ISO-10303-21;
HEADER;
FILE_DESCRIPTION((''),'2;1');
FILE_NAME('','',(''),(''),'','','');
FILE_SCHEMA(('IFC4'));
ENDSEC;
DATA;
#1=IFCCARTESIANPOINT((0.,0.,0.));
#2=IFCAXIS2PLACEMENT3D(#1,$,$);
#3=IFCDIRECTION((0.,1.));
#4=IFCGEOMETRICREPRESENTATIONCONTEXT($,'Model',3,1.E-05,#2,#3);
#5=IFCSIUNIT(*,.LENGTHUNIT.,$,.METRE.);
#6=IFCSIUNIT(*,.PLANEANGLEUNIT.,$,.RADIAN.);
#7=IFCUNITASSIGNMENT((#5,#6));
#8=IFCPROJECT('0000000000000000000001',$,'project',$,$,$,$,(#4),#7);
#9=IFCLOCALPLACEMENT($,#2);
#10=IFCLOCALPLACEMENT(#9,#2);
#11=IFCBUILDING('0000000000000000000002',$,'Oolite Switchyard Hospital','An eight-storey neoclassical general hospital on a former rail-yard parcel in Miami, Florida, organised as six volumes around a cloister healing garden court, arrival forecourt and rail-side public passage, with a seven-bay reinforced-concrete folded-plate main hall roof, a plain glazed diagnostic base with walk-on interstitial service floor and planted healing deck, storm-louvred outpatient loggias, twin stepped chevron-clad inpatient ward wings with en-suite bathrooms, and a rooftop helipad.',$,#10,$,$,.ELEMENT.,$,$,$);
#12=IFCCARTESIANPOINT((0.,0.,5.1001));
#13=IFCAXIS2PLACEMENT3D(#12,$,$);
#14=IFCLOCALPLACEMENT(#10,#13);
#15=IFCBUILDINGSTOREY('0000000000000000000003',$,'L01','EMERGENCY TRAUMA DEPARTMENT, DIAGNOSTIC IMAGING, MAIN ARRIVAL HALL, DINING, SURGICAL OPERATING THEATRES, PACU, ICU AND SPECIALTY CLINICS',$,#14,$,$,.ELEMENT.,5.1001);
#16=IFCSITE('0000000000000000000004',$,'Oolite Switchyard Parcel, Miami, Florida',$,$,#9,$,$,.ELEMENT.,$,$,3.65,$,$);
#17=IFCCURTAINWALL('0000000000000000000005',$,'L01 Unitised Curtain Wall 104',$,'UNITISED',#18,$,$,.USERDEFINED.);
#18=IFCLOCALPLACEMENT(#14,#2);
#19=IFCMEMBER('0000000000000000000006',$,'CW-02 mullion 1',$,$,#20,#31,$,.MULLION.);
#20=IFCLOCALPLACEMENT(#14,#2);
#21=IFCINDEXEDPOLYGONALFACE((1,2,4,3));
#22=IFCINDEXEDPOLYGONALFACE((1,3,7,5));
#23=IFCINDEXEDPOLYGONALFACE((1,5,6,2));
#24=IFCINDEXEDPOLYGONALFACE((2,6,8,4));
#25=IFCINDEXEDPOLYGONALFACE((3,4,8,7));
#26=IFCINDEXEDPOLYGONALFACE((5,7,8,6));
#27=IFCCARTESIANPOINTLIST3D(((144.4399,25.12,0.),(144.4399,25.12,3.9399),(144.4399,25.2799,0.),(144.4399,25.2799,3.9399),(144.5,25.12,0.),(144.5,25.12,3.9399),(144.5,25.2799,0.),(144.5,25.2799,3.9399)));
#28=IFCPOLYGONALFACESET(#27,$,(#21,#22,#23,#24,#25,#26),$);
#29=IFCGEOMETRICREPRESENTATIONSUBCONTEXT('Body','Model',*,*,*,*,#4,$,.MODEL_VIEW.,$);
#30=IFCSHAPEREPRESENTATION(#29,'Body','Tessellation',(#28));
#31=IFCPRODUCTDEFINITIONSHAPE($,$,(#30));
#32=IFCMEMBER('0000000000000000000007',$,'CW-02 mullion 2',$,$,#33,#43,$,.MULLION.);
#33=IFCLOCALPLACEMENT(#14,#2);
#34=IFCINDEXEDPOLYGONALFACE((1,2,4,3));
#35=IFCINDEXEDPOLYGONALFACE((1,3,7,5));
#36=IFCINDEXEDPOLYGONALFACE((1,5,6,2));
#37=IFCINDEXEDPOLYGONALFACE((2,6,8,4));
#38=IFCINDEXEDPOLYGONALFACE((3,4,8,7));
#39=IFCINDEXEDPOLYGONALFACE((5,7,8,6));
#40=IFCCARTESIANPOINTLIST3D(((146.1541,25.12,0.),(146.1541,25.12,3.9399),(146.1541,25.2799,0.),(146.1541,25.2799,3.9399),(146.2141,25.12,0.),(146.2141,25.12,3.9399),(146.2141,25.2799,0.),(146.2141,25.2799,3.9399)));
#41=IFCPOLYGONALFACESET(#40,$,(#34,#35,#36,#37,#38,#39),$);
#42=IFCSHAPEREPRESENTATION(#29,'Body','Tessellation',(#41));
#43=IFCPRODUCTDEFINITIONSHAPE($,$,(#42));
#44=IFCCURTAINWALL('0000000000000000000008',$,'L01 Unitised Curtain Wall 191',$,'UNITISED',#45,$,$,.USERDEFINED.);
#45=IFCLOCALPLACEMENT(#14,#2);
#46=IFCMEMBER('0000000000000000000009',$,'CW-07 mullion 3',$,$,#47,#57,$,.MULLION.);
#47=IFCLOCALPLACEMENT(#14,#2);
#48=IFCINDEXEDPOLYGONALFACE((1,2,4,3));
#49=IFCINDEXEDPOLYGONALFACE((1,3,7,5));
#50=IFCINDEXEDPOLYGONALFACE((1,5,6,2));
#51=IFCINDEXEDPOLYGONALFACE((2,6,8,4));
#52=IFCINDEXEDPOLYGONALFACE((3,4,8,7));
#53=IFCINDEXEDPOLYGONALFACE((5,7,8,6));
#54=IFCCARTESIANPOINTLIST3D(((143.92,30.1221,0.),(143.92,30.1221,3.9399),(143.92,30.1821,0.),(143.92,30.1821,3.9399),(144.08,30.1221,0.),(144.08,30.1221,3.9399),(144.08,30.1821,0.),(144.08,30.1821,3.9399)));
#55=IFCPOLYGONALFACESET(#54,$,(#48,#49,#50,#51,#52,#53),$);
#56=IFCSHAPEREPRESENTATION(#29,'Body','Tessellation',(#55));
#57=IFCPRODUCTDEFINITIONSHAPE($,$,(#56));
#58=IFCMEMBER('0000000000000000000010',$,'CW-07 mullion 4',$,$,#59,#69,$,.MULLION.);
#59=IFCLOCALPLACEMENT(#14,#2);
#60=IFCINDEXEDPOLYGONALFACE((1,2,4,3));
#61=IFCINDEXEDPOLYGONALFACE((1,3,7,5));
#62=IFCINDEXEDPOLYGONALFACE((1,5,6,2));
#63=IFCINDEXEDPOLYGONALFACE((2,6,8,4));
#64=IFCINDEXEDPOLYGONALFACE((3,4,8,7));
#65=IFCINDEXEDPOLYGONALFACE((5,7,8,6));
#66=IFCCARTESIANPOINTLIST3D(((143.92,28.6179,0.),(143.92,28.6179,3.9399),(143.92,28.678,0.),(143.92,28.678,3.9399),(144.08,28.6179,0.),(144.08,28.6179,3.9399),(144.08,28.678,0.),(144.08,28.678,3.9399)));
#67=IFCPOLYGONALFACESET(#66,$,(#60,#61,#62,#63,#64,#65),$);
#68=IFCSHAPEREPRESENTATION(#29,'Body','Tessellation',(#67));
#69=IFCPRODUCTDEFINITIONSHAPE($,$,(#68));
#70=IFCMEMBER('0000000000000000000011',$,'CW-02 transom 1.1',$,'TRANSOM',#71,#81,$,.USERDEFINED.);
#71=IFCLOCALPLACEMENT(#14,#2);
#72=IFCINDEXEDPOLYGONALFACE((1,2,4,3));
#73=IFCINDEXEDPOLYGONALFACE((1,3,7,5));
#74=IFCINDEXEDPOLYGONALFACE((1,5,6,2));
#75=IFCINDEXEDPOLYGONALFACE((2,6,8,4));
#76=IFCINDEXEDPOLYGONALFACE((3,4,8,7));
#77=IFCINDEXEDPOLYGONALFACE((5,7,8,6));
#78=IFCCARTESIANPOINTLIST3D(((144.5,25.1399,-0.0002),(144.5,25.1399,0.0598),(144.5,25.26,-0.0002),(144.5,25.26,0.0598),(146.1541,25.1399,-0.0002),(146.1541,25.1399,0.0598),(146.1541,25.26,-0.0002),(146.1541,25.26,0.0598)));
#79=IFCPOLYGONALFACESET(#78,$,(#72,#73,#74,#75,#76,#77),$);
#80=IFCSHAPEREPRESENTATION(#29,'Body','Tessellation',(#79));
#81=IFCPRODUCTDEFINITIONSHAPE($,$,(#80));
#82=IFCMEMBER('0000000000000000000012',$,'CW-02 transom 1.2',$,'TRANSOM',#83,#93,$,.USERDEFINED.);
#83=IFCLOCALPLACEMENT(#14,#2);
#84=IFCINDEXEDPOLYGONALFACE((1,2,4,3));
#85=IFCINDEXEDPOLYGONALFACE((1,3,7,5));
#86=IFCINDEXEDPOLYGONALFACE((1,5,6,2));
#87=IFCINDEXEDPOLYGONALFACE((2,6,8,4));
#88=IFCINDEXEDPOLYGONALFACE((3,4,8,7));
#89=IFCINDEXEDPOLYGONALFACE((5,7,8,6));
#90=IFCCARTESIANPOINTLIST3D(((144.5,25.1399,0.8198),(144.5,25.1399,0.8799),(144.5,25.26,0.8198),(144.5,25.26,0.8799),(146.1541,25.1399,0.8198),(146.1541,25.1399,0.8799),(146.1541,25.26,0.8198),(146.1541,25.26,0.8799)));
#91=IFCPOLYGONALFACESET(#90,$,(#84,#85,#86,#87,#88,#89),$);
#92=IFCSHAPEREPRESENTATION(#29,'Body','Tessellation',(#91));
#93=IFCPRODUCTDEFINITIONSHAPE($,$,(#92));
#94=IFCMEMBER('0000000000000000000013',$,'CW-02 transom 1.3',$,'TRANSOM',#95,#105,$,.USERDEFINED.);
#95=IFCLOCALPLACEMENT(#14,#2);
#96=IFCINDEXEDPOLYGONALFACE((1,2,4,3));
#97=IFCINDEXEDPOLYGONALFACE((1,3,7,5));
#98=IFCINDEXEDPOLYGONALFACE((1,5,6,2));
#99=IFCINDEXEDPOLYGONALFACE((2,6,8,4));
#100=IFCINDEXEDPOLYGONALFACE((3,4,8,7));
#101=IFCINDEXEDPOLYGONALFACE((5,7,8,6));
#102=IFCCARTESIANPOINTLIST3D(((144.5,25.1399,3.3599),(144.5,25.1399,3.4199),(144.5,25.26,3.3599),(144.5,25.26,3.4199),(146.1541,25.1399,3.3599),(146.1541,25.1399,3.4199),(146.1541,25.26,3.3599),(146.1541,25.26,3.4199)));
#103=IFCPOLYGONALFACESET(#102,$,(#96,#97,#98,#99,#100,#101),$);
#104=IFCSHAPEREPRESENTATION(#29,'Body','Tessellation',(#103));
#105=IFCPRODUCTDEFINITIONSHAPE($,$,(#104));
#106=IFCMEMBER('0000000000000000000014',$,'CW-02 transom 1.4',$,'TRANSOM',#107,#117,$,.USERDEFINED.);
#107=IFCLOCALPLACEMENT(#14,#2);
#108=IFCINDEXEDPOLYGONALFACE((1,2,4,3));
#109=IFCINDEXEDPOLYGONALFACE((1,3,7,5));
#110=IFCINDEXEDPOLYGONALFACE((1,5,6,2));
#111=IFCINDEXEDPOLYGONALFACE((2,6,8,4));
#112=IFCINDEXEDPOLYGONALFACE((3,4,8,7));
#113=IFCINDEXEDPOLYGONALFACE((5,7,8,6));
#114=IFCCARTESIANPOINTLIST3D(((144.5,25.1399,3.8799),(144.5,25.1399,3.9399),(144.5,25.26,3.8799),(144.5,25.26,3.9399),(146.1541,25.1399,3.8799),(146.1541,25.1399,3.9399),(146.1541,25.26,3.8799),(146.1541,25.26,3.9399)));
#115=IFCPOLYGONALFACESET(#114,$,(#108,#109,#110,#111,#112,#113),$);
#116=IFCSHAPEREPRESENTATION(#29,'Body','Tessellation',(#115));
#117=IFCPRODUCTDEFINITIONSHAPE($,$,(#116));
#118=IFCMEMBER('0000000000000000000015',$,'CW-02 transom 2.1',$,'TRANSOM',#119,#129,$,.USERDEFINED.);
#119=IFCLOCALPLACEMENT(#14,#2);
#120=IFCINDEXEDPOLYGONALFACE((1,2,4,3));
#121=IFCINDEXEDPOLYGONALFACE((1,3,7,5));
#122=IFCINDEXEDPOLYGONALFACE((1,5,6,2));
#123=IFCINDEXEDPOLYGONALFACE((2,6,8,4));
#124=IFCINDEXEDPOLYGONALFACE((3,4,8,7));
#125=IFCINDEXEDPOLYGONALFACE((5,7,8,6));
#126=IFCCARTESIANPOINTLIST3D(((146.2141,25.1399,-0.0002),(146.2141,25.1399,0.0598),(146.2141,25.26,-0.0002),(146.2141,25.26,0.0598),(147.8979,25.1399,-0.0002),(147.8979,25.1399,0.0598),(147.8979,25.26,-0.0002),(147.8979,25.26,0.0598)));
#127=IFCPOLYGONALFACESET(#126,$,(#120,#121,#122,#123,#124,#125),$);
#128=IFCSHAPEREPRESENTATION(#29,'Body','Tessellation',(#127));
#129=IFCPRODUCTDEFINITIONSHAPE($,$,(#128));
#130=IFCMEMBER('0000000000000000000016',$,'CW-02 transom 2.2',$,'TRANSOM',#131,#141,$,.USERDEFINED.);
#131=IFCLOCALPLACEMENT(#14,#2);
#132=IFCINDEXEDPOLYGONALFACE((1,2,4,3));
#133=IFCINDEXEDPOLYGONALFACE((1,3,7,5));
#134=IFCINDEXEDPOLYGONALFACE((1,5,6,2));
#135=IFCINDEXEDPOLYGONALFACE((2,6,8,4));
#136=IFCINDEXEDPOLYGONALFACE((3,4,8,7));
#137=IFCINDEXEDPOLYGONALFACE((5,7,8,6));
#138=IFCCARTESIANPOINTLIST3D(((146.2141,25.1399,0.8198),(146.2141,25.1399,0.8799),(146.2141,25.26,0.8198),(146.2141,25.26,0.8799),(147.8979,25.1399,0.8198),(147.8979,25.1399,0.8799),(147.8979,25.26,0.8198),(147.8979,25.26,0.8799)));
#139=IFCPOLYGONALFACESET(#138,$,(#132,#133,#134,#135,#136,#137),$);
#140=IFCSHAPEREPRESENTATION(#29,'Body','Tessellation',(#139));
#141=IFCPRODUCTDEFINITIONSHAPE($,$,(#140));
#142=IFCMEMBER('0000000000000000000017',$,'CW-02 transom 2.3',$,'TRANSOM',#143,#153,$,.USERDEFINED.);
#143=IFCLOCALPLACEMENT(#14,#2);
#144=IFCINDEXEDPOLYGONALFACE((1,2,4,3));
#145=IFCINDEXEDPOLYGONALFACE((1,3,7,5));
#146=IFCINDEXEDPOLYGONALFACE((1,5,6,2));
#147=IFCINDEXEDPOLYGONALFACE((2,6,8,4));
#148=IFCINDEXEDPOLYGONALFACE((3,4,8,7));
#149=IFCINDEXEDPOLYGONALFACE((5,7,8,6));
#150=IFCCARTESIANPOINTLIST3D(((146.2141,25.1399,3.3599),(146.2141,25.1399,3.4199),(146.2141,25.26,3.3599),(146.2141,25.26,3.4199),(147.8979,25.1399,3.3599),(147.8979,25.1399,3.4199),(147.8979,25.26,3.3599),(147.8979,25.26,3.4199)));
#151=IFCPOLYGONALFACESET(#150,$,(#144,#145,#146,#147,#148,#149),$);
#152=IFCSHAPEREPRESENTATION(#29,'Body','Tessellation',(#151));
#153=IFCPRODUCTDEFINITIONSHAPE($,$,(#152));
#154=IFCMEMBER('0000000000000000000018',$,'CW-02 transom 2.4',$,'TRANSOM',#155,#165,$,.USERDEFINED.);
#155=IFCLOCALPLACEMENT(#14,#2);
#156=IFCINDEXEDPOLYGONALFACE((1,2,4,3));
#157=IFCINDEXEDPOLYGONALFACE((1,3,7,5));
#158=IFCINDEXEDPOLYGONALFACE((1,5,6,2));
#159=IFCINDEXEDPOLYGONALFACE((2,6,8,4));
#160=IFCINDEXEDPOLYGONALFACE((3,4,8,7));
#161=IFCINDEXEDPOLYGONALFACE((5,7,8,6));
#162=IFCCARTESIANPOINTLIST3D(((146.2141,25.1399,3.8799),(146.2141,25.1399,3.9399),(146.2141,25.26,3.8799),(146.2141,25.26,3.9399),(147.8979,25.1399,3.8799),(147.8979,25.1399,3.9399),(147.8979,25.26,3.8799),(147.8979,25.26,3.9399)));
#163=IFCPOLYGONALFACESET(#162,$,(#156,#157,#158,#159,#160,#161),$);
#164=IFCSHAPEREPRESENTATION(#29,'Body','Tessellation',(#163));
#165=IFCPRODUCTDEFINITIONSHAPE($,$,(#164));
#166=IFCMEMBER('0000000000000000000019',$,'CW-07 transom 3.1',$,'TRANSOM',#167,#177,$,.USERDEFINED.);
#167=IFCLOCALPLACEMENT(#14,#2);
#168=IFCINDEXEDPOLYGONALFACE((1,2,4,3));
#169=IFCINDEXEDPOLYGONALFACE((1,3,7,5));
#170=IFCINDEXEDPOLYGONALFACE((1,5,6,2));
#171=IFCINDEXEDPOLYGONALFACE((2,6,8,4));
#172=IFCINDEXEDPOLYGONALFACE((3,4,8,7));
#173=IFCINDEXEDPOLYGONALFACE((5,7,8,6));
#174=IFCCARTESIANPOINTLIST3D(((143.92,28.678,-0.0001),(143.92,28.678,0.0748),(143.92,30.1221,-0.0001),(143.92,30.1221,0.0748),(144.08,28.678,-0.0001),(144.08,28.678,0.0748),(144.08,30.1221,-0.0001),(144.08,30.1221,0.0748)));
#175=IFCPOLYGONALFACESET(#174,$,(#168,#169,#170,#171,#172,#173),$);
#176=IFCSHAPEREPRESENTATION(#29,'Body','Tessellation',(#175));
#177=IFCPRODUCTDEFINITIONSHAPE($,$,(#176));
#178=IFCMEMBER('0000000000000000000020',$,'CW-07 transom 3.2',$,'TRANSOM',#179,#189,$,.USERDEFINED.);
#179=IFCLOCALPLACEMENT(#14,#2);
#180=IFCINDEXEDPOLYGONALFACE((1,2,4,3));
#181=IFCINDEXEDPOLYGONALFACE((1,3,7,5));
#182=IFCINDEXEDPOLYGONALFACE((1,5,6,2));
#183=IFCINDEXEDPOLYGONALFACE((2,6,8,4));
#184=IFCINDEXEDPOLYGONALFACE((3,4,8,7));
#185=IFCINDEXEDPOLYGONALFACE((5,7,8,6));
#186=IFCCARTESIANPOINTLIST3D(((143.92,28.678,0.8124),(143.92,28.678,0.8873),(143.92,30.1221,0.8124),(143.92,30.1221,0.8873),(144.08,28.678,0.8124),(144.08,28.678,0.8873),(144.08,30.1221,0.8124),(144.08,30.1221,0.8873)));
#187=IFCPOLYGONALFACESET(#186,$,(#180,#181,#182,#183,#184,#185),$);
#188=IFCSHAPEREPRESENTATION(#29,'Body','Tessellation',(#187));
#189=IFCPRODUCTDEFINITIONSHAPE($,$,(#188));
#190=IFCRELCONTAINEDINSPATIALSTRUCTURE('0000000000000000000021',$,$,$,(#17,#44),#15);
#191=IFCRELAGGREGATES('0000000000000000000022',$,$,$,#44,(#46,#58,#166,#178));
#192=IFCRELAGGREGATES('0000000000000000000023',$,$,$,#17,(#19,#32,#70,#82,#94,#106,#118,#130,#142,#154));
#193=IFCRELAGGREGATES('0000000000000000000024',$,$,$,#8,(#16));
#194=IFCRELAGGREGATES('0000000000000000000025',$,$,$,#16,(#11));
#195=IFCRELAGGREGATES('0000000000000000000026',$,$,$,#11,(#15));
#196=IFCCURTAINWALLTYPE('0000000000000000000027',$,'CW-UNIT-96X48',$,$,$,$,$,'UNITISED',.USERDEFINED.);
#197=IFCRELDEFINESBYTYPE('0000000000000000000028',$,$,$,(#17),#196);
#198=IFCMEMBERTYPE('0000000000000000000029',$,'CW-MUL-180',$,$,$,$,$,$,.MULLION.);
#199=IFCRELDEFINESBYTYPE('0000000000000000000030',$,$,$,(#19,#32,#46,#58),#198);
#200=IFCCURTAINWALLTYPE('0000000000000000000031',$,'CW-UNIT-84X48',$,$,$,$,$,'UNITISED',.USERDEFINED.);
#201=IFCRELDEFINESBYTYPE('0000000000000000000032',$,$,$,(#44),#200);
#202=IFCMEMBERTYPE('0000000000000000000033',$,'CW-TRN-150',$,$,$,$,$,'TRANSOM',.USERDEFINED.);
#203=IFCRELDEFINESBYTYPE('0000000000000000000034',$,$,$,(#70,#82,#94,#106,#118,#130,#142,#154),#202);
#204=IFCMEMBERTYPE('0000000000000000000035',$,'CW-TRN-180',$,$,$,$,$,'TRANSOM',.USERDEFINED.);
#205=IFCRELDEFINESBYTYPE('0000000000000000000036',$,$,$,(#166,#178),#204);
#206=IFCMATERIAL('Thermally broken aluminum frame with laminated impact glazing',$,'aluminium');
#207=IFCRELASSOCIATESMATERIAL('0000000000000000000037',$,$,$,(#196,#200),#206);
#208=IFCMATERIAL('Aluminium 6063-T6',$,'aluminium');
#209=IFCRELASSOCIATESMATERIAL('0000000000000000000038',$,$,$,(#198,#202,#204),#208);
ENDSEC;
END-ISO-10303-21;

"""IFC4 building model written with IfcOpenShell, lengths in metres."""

from ifc_helpers import new_model, si_unit, direction, frame, origin, origin_2d, place, context, subcontext, project, spatial, rectangle, extrude, material, material_profile, profile_set, type_object, element, aggregate, save


model = new_model("IFC4")

# Units and contexts
model_context = context("Model", 3, precision=1e-05, world=origin(), true_north=direction((0.0, 1.0)))
body_context = subcontext(model_context, "Body", "Model", "MODEL_VIEW")
ifc_project = project(units=[si_unit("LENGTHUNIT", "METRE"), si_unit("PLANEANGLEUNIT", "RADIAN")], contexts=[model_context])

# Site, building, storey
site_placement = place(None, origin())
site = spatial("IfcSite", under=ifc_project, at=site_placement, Name="Oolite Switchyard Parcel, Miami, Florida", CompositionType="ELEMENT", RefElevation=3.65)
building_placement = place(site_placement, origin())
building = spatial("IfcBuilding", under=site, at=building_placement, Name="Oolite Switchyard Hospital", Description="An eight-storey neoclassical general hospital on a former rail-yard parcel in Miami, Florida, organised as six volumes around a cloister healing garden court, arrival forecourt and rail-side public passage, with a seven-bay reinforced-concrete folded-plate main hall roof, a plain glazed diagnostic base with walk-on interstitial service floor and planted healing deck, storm-louvred outpatient loggias, twin stepped chevron-clad inpatient ward wings with en-suite bathrooms, and a rooftop helipad.", CompositionType="ELEMENT")
storey_placement = place(building_placement, frame((0.0, 0.0, 5.1001)))
storey = spatial("IfcBuildingStorey", under=building, at=storey_placement, Name="L01", Description="EMERGENCY TRAUMA DEPARTMENT, DIAGNOSTIC IMAGING, MAIN ARRIVAL HALL, DINING, SURGICAL OPERATING THEATRES, PACU, ICU AND SPECIALTY CLINICS", CompositionType="ELEMENT", Elevation=5.1001)

# Curtain walls, members
ifc_material_1 = material(Name="Thermally broken aluminum frame with laminated impact glazing", Category="aluminium")
curtain_wall_type_1 = type_object("IfcCurtainWallType", Name="CW-UNIT-96X48", ElementType="UNITISED", PredefinedType="USERDEFINED", material=ifc_material_1)
curtain_wall_1_placement = place(storey_placement, origin())
curtain_wall_1 = element("IfcCurtainWall", 1, at=curtain_wall_1_placement, inside=storey, type_object=curtain_wall_type_1, Name="L01 Unitised Curtain Wall 104", ObjectType="UNITISED", PredefinedType="USERDEFINED")
ifc_material_2 = material(Name="Aluminium 6063-T6", Category="aluminium")
ifc_material_profile_1 = material_profile(ifc_material_2, rectangle(XDim=0.1599, YDim=0.0601, at=origin_2d()), Name="CWM60X160")
ifc_profile_set_1 = profile_set([ifc_material_profile_1], Name="Aluminium 6063-T6")
member_type_1 = type_object("IfcMemberType", Name="CW-MUL-180", PredefinedType="MULLION", material=ifc_profile_set_1)
member_1_placement = place(storey_placement, frame((144.47, 25.2, 0.0), z_axis=(0.0, 0.0, 1.0), x_axis=(0.0, 1.0, 0.0)))
member_1 = element("IfcMember", 2, at=member_1_placement, type_object=member_type_1, Name="CW-02 mullion 1", PredefinedType="MULLION", context=body_context, shape_type="SweptSolid", body=[
    extrude(rectangle(XDim=0.1599, YDim=0.0601, at=origin_2d()), origin(), (0.0, 0.0, 1.0), 3.9399),
])
member_2_placement = place(storey_placement, frame((146.1841, 25.2, 0.0), z_axis=(0.0, 0.0, 1.0), x_axis=(0.0, 1.0, 0.0)))
member_2 = element("IfcMember", 3, at=member_2_placement, type_object=member_type_1, Name="CW-02 mullion 2", PredefinedType="MULLION", context=body_context, shape_type="SweptSolid", body=[
    extrude(rectangle(XDim=0.1599, YDim=0.0601, at=origin_2d()), origin(), (0.0, 0.0, 1.0), 3.9399),
])
curtain_wall_type_2 = type_object("IfcCurtainWallType", Name="CW-UNIT-84X48", ElementType="UNITISED", PredefinedType="USERDEFINED", material=ifc_material_1)
curtain_wall_2_placement = place(storey_placement, origin())
curtain_wall_2 = element("IfcCurtainWall", 4, at=curtain_wall_2_placement, inside=storey, type_object=curtain_wall_type_2, Name="L01 Unitised Curtain Wall 191", ObjectType="UNITISED", PredefinedType="USERDEFINED")
member_3_placement = place(storey_placement, frame((144.0, 30.1521, 0.0), z_axis=(0.0, 0.0, 1.0), x_axis=(1.0, 0.0, 0.0)))
member_3 = element("IfcMember", 5, at=member_3_placement, type_object=member_type_1, Name="CW-07 mullion 3", PredefinedType="MULLION", context=body_context, shape_type="SweptSolid", body=[
    extrude(rectangle(XDim=0.1599, YDim=0.0601, at=origin_2d()), origin(), (0.0, 0.0, 1.0), 3.9399),
])
member_4_placement = place(storey_placement, frame((144.0, 28.6479, 0.0), z_axis=(0.0, 0.0, 1.0), x_axis=(1.0, 0.0, 0.0)))
member_4 = element("IfcMember", 6, at=member_4_placement, type_object=member_type_1, Name="CW-07 mullion 4", PredefinedType="MULLION", context=body_context, shape_type="SweptSolid", body=[
    extrude(rectangle(XDim=0.1599, YDim=0.0601, at=origin_2d()), origin(), (0.0, 0.0, 1.0), 3.9399),
])

# Members
ifc_material_profile_2 = material_profile(ifc_material_2, rectangle(XDim=0.1201, YDim=0.0601, at=origin_2d()), Name="CWT60X120")
ifc_profile_set_2 = profile_set([ifc_material_profile_2], Name="Aluminium 6063-T6")
member_type_2 = type_object("IfcMemberType", Name="CW-TRN-150", ElementType="TRANSOM", PredefinedType="USERDEFINED", material=ifc_profile_set_2)
member_5_placement = place(storey_placement, frame((144.5, 25.2, 0.0298), z_axis=(1.0, 0.0, 0.0), x_axis=(0.0, 1.0, 0.0)))
member_5 = element("IfcMember", 7, at=member_5_placement, type_object=member_type_2, Name="CW-02 transom 1.1", ObjectType="TRANSOM", PredefinedType="USERDEFINED", context=body_context, shape_type="SweptSolid", body=[
    extrude(rectangle(XDim=0.1201, YDim=0.0601, at=origin_2d()), origin(), (0.0, 0.0, 1.0), 1.6541),
])
member_6_placement = place(storey_placement, frame((144.5, 25.2, 0.8499), z_axis=(1.0, 0.0, 0.0), x_axis=(0.0, 1.0, 0.0)))
member_6 = element("IfcMember", 8, at=member_6_placement, type_object=member_type_2, Name="CW-02 transom 1.2", ObjectType="TRANSOM", PredefinedType="USERDEFINED", context=body_context, shape_type="SweptSolid", body=[
    extrude(rectangle(XDim=0.1201, YDim=0.0601, at=origin_2d()), origin(), (0.0, 0.0, 1.0), 1.6541),
])
member_7_placement = place(storey_placement, frame((144.5, 25.2, 3.3899), z_axis=(1.0, 0.0, 0.0), x_axis=(0.0, 1.0, 0.0)))
member_7 = element("IfcMember", 9, at=member_7_placement, type_object=member_type_2, Name="CW-02 transom 1.3", ObjectType="TRANSOM", PredefinedType="USERDEFINED", context=body_context, shape_type="SweptSolid", body=[
    extrude(rectangle(XDim=0.1201, YDim=0.0601, at=origin_2d()), origin(), (0.0, 0.0, 1.0), 1.6541),
])
member_8_placement = place(storey_placement, frame((144.5, 25.2, 3.9099), z_axis=(1.0, 0.0, 0.0), x_axis=(0.0, 1.0, 0.0)))
member_8 = element("IfcMember", 10, at=member_8_placement, type_object=member_type_2, Name="CW-02 transom 1.4", ObjectType="TRANSOM", PredefinedType="USERDEFINED", context=body_context, shape_type="SweptSolid", body=[
    extrude(rectangle(XDim=0.1201, YDim=0.0601, at=origin_2d()), origin(), (0.0, 0.0, 1.0), 1.6541),
])
member_9_placement = place(storey_placement, frame((146.2141, 25.2, 0.0298), z_axis=(1.0, 0.0, 0.0), x_axis=(0.0, 1.0, 0.0)))
member_9 = element("IfcMember", 11, at=member_9_placement, type_object=member_type_2, Name="CW-02 transom 2.1", ObjectType="TRANSOM", PredefinedType="USERDEFINED", context=body_context, shape_type="SweptSolid", body=[
    extrude(rectangle(XDim=0.1201, YDim=0.0601, at=origin_2d()), origin(), (0.0, 0.0, 1.0), 1.6838),
])
member_10_placement = place(storey_placement, frame((146.2141, 25.2, 0.8499), z_axis=(1.0, 0.0, 0.0), x_axis=(0.0, 1.0, 0.0)))
member_10 = element("IfcMember", 12, at=member_10_placement, type_object=member_type_2, Name="CW-02 transom 2.2", ObjectType="TRANSOM", PredefinedType="USERDEFINED", context=body_context, shape_type="SweptSolid", body=[
    extrude(rectangle(XDim=0.1201, YDim=0.0601, at=origin_2d()), origin(), (0.0, 0.0, 1.0), 1.6838),
])
member_11_placement = place(storey_placement, frame((146.2141, 25.2, 3.3899), z_axis=(1.0, 0.0, 0.0), x_axis=(0.0, 1.0, 0.0)))
member_11 = element("IfcMember", 13, at=member_11_placement, type_object=member_type_2, Name="CW-02 transom 2.3", ObjectType="TRANSOM", PredefinedType="USERDEFINED", context=body_context, shape_type="SweptSolid", body=[
    extrude(rectangle(XDim=0.1201, YDim=0.0601, at=origin_2d()), origin(), (0.0, 0.0, 1.0), 1.6838),
])
member_12_placement = place(storey_placement, frame((146.2141, 25.2, 3.9099), z_axis=(1.0, 0.0, 0.0), x_axis=(0.0, 1.0, 0.0)))
member_12 = element("IfcMember", 14, at=member_12_placement, type_object=member_type_2, Name="CW-02 transom 2.4", ObjectType="TRANSOM", PredefinedType="USERDEFINED", context=body_context, shape_type="SweptSolid", body=[
    extrude(rectangle(XDim=0.1201, YDim=0.0601, at=origin_2d()), origin(), (0.0, 0.0, 1.0), 1.6838),
])
ifc_material_profile_3 = material_profile(ifc_material_2, rectangle(XDim=0.1599, YDim=0.075, at=origin_2d()), Name="CWT75X160")
ifc_profile_set_3 = profile_set([ifc_material_profile_3], Name="Aluminium 6063-T6")
member_type_3 = type_object("IfcMemberType", Name="CW-TRN-180", ElementType="TRANSOM", PredefinedType="USERDEFINED", material=ifc_profile_set_3)
member_13_placement = place(storey_placement, frame((144.0, 30.1221, 0.0374), z_axis=(0.0, -1.0, 0.0), x_axis=(1.0, 0.0, 0.0)))
member_13 = element("IfcMember", 15, at=member_13_placement, type_object=member_type_3, Name="CW-07 transom 3.1", ObjectType="TRANSOM", PredefinedType="USERDEFINED", context=body_context, shape_type="SweptSolid", body=[
    extrude(rectangle(XDim=0.1599, YDim=0.075, at=origin_2d()), origin(), (0.0, 0.0, 1.0), 1.4441),
])
member_14_placement = place(storey_placement, frame((144.0, 30.1221, 0.8499), z_axis=(0.0, -1.0, 0.0), x_axis=(1.0, 0.0, 0.0)))
member_14 = element("IfcMember", 16, at=member_14_placement, type_object=member_type_3, Name="CW-07 transom 3.2", ObjectType="TRANSOM", PredefinedType="USERDEFINED", context=body_context, shape_type="SweptSolid", body=[
    extrude(rectangle(XDim=0.1599, YDim=0.075, at=origin_2d()), origin(), (0.0, 0.0, 1.0), 1.4441),
])

aggregate(curtain_wall_2, [member_3, member_4, member_13, member_14])
aggregate(curtain_wall_1, [member_1, member_2, member_5, member_6, member_7, member_8, member_9, member_10, member_11, member_12])

save(model, "model.ifc")
